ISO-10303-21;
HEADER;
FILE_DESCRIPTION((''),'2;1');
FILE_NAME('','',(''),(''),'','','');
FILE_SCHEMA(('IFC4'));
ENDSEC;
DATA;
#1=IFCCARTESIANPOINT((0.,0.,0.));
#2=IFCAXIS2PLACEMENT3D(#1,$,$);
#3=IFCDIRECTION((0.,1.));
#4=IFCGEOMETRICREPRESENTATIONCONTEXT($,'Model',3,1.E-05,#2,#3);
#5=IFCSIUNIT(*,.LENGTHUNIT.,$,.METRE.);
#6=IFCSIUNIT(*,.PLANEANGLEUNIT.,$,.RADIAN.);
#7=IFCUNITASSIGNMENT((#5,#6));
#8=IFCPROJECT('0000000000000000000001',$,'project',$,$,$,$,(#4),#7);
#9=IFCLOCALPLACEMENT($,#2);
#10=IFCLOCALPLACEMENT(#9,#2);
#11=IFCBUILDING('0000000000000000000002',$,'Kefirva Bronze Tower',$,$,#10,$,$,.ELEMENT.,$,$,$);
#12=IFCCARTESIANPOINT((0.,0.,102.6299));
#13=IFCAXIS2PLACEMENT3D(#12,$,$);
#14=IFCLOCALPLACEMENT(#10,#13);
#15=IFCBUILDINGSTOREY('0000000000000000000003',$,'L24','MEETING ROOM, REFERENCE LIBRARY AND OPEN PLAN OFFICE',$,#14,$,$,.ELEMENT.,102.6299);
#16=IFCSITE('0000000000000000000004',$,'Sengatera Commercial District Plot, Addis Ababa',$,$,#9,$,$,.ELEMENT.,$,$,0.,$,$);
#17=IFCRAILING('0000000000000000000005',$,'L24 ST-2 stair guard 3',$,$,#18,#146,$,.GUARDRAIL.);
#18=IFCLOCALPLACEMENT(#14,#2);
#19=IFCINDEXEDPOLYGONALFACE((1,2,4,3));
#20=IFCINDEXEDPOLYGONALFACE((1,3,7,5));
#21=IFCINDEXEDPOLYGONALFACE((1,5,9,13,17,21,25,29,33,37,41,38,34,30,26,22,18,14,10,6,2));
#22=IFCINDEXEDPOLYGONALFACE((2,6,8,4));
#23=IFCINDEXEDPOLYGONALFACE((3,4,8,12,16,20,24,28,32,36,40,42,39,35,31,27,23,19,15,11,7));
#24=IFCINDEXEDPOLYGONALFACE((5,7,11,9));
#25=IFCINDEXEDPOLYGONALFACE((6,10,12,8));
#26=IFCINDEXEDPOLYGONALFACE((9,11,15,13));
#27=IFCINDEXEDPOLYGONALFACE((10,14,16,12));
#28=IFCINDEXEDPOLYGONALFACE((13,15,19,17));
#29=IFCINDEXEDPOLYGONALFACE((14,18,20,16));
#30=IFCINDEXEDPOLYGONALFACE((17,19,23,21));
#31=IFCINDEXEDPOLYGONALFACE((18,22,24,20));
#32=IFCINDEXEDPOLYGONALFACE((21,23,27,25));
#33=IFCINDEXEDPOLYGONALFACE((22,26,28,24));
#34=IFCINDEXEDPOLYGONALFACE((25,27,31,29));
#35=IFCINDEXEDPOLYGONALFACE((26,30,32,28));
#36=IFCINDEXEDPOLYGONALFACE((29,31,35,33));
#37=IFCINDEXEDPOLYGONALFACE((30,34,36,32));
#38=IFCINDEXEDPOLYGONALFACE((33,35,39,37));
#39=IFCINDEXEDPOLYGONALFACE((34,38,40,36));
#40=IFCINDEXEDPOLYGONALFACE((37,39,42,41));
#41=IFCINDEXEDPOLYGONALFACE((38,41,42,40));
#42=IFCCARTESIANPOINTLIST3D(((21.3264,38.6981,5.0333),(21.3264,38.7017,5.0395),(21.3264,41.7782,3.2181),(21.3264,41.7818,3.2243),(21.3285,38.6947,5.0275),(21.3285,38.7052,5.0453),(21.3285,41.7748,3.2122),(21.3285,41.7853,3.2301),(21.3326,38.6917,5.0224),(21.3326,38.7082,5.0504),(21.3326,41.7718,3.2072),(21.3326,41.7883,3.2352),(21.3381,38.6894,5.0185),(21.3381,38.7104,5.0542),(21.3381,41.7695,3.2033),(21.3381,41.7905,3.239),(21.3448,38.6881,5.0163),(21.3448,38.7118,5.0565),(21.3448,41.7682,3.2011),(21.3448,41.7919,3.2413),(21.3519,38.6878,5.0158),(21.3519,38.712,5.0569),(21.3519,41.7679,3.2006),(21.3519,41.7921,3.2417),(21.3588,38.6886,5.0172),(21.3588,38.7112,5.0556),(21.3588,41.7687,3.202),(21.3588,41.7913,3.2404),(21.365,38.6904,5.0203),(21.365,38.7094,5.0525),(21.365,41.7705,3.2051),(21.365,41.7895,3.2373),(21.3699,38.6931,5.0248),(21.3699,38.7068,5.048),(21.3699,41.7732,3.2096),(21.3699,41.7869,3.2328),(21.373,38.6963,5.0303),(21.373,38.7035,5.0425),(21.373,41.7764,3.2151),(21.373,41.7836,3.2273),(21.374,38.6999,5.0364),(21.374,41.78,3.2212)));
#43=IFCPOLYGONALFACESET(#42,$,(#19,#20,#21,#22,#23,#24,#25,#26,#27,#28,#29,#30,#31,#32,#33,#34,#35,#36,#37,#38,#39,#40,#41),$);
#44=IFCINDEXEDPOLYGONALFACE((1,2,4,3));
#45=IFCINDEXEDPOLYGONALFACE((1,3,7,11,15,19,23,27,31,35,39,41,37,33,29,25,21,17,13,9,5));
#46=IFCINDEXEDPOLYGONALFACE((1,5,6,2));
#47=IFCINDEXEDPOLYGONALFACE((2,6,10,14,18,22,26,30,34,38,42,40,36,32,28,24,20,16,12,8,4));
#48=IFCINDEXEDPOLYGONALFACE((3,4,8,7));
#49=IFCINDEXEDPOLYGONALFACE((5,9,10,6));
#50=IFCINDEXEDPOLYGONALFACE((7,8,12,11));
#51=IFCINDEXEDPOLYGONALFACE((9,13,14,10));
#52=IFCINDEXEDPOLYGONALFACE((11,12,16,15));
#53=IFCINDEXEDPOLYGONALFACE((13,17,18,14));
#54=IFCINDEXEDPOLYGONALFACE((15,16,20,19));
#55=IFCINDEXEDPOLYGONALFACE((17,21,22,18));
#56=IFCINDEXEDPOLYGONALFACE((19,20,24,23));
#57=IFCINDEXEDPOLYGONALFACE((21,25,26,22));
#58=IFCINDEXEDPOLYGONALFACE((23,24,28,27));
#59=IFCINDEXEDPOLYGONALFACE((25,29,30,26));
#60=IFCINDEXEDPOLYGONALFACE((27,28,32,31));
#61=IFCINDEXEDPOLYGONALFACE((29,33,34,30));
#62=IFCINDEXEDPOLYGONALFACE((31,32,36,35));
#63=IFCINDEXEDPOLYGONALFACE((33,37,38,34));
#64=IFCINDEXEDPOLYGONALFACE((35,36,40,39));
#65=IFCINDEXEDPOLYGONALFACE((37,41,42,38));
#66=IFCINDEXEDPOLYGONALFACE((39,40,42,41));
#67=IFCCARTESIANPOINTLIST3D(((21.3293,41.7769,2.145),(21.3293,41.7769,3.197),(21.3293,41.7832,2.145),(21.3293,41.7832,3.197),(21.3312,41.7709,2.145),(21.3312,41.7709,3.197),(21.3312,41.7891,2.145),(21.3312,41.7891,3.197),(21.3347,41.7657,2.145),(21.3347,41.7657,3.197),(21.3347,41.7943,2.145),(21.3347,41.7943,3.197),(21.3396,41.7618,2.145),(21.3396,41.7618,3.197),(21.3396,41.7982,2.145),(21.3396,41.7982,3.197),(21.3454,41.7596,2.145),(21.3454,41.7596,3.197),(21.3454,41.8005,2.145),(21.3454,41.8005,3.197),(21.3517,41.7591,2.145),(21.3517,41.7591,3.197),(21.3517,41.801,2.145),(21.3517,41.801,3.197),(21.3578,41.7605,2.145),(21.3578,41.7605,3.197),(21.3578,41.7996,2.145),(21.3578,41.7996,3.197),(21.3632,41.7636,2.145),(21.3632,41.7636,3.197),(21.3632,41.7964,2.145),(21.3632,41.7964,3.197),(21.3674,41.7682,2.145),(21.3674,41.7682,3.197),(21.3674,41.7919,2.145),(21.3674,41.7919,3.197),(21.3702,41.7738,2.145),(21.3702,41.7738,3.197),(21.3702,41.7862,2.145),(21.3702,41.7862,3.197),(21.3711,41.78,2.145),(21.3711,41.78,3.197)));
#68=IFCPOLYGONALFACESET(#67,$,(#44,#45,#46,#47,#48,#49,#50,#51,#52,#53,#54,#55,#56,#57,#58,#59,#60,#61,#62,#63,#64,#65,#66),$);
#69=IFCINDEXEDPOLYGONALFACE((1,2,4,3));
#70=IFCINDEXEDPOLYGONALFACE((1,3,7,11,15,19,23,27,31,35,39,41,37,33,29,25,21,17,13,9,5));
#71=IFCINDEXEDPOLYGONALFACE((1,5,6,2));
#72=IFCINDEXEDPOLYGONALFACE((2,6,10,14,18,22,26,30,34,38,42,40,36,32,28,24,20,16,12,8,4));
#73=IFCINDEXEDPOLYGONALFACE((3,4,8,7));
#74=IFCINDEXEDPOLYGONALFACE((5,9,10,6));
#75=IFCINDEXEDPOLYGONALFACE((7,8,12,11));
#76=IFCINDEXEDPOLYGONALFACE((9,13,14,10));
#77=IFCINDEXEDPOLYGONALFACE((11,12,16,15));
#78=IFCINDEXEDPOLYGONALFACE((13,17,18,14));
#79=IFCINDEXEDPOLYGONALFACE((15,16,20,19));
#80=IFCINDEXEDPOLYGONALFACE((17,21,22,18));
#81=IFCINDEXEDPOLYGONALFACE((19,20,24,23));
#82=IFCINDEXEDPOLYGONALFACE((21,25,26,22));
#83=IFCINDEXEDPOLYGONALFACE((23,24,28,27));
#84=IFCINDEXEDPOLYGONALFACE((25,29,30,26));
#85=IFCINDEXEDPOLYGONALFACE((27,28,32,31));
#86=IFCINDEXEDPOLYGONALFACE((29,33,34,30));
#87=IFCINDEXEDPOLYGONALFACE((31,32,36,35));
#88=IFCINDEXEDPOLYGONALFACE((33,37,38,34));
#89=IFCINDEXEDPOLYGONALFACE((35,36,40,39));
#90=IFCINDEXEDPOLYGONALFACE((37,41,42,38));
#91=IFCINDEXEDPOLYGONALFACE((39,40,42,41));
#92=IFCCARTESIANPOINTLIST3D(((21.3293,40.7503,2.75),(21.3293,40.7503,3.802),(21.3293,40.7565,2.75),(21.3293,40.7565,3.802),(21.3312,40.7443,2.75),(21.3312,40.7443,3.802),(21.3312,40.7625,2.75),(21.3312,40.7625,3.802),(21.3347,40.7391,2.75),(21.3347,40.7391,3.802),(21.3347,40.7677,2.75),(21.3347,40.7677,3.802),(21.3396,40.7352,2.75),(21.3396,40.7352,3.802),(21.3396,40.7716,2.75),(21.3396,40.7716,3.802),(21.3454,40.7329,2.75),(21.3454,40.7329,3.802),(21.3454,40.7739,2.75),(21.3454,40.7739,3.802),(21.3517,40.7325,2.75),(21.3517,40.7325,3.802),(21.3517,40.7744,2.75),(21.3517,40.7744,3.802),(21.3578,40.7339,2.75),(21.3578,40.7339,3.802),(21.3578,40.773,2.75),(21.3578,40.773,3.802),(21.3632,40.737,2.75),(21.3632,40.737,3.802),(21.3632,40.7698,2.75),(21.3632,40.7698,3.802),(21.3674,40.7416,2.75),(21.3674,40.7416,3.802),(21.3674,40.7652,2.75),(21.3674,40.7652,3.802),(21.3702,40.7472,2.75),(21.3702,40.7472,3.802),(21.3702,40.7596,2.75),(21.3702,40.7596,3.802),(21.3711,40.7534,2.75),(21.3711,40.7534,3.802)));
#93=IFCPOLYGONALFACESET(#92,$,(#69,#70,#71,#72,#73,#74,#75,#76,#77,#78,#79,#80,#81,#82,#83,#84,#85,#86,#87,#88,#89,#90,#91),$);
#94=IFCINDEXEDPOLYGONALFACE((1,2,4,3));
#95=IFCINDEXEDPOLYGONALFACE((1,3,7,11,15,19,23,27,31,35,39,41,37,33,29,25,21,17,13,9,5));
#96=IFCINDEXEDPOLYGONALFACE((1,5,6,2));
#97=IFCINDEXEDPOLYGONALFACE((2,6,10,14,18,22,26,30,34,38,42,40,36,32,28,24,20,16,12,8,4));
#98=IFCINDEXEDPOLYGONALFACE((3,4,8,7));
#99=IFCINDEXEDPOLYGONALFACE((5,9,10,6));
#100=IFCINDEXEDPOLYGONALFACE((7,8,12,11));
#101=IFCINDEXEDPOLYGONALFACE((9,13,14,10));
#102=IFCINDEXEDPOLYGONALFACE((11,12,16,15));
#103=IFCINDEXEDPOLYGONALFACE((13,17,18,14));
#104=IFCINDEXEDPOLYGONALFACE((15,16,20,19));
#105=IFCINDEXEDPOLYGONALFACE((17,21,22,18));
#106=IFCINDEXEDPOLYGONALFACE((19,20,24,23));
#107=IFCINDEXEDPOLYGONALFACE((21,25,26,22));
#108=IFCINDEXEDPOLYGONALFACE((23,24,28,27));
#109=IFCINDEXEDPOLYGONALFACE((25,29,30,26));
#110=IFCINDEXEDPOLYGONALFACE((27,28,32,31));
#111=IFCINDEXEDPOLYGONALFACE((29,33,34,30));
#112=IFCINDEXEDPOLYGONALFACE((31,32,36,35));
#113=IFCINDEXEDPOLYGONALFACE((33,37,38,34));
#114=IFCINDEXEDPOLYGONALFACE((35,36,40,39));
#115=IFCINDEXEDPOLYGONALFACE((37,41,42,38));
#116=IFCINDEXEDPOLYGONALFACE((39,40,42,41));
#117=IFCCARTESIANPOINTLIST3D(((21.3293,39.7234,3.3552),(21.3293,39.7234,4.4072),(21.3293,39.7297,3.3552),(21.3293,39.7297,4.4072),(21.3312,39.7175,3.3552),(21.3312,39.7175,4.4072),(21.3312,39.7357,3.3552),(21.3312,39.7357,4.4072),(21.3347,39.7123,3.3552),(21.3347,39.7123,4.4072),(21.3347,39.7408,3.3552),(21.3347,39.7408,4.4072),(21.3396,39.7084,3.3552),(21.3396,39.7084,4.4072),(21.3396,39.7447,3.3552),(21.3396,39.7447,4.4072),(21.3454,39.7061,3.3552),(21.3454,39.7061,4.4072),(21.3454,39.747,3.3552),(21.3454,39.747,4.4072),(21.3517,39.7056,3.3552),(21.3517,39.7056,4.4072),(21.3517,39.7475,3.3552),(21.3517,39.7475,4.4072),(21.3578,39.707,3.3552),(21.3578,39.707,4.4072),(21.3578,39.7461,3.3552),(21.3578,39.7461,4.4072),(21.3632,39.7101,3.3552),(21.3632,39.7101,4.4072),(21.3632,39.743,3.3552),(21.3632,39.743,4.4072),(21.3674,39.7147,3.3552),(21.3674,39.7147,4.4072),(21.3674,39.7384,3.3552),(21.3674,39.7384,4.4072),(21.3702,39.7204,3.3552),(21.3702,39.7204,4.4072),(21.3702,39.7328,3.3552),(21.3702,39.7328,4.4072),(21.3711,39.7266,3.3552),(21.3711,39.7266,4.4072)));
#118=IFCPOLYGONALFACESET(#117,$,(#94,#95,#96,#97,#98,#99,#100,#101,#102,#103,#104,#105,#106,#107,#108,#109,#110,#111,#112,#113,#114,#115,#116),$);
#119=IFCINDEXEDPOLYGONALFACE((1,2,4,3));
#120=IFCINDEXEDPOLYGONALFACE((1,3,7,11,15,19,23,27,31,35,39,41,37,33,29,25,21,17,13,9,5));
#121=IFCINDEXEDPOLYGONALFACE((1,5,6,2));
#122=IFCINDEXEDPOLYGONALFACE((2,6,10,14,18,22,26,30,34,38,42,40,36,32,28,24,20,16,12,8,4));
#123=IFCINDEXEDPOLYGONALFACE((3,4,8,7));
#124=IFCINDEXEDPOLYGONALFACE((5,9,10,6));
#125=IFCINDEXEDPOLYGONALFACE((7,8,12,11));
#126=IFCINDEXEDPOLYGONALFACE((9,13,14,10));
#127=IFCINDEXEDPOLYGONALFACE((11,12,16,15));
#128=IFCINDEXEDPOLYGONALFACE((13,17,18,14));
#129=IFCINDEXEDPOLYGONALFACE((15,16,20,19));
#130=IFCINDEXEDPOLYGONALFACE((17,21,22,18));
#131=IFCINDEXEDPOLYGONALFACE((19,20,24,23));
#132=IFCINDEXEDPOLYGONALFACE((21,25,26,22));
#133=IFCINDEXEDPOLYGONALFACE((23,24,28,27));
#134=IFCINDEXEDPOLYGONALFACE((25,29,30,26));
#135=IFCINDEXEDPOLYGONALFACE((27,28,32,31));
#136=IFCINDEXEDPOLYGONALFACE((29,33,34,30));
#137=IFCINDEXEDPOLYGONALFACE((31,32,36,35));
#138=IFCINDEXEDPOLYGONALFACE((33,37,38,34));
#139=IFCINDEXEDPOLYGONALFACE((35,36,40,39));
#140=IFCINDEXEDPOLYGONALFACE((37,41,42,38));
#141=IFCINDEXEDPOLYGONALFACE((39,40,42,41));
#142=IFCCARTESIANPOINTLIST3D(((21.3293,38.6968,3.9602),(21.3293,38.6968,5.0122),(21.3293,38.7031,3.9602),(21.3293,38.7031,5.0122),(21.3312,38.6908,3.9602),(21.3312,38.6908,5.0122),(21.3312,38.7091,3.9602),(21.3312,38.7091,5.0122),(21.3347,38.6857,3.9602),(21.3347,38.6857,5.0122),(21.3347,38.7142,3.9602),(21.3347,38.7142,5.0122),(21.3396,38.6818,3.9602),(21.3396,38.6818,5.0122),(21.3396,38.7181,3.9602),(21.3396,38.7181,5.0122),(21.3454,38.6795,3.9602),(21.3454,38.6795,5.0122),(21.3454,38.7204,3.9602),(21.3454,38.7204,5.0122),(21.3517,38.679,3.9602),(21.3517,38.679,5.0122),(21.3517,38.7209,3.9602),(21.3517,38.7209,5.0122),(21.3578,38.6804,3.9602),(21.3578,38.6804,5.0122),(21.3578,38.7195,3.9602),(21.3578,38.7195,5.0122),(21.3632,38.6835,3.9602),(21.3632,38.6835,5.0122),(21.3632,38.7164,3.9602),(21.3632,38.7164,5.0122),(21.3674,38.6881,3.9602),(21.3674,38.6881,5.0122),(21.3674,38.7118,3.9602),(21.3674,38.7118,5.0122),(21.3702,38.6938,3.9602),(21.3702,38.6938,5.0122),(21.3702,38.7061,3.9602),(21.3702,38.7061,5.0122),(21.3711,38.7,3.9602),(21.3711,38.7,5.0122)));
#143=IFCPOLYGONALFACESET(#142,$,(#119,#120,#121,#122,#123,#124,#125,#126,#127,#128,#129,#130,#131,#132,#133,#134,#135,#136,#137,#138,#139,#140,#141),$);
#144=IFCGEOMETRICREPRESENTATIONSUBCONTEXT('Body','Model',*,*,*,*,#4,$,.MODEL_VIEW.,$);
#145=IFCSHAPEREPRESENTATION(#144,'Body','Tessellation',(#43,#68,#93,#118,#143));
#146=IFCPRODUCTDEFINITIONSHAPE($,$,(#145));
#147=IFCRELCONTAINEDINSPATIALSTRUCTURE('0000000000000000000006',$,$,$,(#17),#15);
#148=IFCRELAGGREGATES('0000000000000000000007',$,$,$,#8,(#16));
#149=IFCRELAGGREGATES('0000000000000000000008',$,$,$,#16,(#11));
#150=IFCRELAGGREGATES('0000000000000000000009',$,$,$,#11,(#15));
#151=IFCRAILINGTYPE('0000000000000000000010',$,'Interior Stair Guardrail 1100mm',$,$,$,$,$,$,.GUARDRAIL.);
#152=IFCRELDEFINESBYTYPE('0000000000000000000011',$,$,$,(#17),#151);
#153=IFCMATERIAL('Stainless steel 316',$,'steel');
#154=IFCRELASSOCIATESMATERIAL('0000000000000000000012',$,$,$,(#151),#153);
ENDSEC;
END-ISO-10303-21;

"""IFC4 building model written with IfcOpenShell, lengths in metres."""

from ifc_helpers import new_model, si_unit, direction, frame, origin, origin_2d, place, context, subcontext, project, spatial, circle, extrude, material, type_object, element, save


model = new_model("IFC4")

# Units and contexts
model_context = context("Model", 3, precision=1e-05, world=origin(), true_north=direction((0.0, 1.0)))
body_context = subcontext(model_context, "Body", "Model", "MODEL_VIEW")
ifc_project = project(units=[si_unit("LENGTHUNIT", "METRE"), si_unit("PLANEANGLEUNIT", "RADIAN")], contexts=[model_context])

# Site, building, storey
site_placement = place(None, origin())
site = spatial("IfcSite", under=ifc_project, at=site_placement, Name="Sengatera Commercial District Plot, Addis Ababa", CompositionType="ELEMENT", RefElevation=0.0)
building_placement = place(site_placement, origin())
building = spatial("IfcBuilding", under=site, at=building_placement, Name="Kefirva Bronze Tower", CompositionType="ELEMENT")
storey_placement = place(building_placement, frame((0.0, 0.0, 102.6299)))
storey = spatial("IfcBuildingStorey", under=building, at=storey_placement, Name="L24", Description="MEETING ROOM, REFERENCE LIBRARY AND OPEN PLAN OFFICE", CompositionType="ELEMENT", Elevation=102.6299)

# Railing
ifc_material_1 = material(Name="Stainless steel 316", Category="steel")
railing_type_1 = type_object("IfcRailingType", Name="Interior Stair Guardrail 1100mm", PredefinedType="GUARDRAIL", material=ifc_material_1)
railing_1_placement = place(storey_placement, frame((21.3501, 41.78, 2.145)))
element("IfcRailing", 1, at=railing_1_placement, inside=storey, type_object=railing_type_1, Name="L24 ST-2 stair guard 3", PredefinedType="GUARDRAIL", context=body_context, shape_type="SweptSolid", body=[
    extrude(circle(Radius=0.0239, at=origin_2d()), frame((0.0, 0.0, 1.0762), z_axis=(0.0, -0.861521, 0.507721), x_axis=(1.0, 0.0, 0.0)), (0.0, 0.0, 1.0), 3.5752),
    extrude(circle(Radius=0.021, at=origin_2d()), origin(), (0.0, 0.0, 1.0), 1.052),
    extrude(circle(Radius=0.021, at=origin_2d()), frame((0.0, -1.0266, 0.605)), (0.0, 0.0, 1.0), 1.052),
    extrude(circle(Radius=0.021, at=origin_2d()), frame((0.0, -2.0535, 1.2102)), (0.0, 0.0, 1.0), 1.052),
    extrude(circle(Radius=0.021, at=origin_2d()), frame((0.0, -3.0801, 1.8152)), (0.0, 0.0, 1.0), 1.052),
])

save(model, "model.ifc")
